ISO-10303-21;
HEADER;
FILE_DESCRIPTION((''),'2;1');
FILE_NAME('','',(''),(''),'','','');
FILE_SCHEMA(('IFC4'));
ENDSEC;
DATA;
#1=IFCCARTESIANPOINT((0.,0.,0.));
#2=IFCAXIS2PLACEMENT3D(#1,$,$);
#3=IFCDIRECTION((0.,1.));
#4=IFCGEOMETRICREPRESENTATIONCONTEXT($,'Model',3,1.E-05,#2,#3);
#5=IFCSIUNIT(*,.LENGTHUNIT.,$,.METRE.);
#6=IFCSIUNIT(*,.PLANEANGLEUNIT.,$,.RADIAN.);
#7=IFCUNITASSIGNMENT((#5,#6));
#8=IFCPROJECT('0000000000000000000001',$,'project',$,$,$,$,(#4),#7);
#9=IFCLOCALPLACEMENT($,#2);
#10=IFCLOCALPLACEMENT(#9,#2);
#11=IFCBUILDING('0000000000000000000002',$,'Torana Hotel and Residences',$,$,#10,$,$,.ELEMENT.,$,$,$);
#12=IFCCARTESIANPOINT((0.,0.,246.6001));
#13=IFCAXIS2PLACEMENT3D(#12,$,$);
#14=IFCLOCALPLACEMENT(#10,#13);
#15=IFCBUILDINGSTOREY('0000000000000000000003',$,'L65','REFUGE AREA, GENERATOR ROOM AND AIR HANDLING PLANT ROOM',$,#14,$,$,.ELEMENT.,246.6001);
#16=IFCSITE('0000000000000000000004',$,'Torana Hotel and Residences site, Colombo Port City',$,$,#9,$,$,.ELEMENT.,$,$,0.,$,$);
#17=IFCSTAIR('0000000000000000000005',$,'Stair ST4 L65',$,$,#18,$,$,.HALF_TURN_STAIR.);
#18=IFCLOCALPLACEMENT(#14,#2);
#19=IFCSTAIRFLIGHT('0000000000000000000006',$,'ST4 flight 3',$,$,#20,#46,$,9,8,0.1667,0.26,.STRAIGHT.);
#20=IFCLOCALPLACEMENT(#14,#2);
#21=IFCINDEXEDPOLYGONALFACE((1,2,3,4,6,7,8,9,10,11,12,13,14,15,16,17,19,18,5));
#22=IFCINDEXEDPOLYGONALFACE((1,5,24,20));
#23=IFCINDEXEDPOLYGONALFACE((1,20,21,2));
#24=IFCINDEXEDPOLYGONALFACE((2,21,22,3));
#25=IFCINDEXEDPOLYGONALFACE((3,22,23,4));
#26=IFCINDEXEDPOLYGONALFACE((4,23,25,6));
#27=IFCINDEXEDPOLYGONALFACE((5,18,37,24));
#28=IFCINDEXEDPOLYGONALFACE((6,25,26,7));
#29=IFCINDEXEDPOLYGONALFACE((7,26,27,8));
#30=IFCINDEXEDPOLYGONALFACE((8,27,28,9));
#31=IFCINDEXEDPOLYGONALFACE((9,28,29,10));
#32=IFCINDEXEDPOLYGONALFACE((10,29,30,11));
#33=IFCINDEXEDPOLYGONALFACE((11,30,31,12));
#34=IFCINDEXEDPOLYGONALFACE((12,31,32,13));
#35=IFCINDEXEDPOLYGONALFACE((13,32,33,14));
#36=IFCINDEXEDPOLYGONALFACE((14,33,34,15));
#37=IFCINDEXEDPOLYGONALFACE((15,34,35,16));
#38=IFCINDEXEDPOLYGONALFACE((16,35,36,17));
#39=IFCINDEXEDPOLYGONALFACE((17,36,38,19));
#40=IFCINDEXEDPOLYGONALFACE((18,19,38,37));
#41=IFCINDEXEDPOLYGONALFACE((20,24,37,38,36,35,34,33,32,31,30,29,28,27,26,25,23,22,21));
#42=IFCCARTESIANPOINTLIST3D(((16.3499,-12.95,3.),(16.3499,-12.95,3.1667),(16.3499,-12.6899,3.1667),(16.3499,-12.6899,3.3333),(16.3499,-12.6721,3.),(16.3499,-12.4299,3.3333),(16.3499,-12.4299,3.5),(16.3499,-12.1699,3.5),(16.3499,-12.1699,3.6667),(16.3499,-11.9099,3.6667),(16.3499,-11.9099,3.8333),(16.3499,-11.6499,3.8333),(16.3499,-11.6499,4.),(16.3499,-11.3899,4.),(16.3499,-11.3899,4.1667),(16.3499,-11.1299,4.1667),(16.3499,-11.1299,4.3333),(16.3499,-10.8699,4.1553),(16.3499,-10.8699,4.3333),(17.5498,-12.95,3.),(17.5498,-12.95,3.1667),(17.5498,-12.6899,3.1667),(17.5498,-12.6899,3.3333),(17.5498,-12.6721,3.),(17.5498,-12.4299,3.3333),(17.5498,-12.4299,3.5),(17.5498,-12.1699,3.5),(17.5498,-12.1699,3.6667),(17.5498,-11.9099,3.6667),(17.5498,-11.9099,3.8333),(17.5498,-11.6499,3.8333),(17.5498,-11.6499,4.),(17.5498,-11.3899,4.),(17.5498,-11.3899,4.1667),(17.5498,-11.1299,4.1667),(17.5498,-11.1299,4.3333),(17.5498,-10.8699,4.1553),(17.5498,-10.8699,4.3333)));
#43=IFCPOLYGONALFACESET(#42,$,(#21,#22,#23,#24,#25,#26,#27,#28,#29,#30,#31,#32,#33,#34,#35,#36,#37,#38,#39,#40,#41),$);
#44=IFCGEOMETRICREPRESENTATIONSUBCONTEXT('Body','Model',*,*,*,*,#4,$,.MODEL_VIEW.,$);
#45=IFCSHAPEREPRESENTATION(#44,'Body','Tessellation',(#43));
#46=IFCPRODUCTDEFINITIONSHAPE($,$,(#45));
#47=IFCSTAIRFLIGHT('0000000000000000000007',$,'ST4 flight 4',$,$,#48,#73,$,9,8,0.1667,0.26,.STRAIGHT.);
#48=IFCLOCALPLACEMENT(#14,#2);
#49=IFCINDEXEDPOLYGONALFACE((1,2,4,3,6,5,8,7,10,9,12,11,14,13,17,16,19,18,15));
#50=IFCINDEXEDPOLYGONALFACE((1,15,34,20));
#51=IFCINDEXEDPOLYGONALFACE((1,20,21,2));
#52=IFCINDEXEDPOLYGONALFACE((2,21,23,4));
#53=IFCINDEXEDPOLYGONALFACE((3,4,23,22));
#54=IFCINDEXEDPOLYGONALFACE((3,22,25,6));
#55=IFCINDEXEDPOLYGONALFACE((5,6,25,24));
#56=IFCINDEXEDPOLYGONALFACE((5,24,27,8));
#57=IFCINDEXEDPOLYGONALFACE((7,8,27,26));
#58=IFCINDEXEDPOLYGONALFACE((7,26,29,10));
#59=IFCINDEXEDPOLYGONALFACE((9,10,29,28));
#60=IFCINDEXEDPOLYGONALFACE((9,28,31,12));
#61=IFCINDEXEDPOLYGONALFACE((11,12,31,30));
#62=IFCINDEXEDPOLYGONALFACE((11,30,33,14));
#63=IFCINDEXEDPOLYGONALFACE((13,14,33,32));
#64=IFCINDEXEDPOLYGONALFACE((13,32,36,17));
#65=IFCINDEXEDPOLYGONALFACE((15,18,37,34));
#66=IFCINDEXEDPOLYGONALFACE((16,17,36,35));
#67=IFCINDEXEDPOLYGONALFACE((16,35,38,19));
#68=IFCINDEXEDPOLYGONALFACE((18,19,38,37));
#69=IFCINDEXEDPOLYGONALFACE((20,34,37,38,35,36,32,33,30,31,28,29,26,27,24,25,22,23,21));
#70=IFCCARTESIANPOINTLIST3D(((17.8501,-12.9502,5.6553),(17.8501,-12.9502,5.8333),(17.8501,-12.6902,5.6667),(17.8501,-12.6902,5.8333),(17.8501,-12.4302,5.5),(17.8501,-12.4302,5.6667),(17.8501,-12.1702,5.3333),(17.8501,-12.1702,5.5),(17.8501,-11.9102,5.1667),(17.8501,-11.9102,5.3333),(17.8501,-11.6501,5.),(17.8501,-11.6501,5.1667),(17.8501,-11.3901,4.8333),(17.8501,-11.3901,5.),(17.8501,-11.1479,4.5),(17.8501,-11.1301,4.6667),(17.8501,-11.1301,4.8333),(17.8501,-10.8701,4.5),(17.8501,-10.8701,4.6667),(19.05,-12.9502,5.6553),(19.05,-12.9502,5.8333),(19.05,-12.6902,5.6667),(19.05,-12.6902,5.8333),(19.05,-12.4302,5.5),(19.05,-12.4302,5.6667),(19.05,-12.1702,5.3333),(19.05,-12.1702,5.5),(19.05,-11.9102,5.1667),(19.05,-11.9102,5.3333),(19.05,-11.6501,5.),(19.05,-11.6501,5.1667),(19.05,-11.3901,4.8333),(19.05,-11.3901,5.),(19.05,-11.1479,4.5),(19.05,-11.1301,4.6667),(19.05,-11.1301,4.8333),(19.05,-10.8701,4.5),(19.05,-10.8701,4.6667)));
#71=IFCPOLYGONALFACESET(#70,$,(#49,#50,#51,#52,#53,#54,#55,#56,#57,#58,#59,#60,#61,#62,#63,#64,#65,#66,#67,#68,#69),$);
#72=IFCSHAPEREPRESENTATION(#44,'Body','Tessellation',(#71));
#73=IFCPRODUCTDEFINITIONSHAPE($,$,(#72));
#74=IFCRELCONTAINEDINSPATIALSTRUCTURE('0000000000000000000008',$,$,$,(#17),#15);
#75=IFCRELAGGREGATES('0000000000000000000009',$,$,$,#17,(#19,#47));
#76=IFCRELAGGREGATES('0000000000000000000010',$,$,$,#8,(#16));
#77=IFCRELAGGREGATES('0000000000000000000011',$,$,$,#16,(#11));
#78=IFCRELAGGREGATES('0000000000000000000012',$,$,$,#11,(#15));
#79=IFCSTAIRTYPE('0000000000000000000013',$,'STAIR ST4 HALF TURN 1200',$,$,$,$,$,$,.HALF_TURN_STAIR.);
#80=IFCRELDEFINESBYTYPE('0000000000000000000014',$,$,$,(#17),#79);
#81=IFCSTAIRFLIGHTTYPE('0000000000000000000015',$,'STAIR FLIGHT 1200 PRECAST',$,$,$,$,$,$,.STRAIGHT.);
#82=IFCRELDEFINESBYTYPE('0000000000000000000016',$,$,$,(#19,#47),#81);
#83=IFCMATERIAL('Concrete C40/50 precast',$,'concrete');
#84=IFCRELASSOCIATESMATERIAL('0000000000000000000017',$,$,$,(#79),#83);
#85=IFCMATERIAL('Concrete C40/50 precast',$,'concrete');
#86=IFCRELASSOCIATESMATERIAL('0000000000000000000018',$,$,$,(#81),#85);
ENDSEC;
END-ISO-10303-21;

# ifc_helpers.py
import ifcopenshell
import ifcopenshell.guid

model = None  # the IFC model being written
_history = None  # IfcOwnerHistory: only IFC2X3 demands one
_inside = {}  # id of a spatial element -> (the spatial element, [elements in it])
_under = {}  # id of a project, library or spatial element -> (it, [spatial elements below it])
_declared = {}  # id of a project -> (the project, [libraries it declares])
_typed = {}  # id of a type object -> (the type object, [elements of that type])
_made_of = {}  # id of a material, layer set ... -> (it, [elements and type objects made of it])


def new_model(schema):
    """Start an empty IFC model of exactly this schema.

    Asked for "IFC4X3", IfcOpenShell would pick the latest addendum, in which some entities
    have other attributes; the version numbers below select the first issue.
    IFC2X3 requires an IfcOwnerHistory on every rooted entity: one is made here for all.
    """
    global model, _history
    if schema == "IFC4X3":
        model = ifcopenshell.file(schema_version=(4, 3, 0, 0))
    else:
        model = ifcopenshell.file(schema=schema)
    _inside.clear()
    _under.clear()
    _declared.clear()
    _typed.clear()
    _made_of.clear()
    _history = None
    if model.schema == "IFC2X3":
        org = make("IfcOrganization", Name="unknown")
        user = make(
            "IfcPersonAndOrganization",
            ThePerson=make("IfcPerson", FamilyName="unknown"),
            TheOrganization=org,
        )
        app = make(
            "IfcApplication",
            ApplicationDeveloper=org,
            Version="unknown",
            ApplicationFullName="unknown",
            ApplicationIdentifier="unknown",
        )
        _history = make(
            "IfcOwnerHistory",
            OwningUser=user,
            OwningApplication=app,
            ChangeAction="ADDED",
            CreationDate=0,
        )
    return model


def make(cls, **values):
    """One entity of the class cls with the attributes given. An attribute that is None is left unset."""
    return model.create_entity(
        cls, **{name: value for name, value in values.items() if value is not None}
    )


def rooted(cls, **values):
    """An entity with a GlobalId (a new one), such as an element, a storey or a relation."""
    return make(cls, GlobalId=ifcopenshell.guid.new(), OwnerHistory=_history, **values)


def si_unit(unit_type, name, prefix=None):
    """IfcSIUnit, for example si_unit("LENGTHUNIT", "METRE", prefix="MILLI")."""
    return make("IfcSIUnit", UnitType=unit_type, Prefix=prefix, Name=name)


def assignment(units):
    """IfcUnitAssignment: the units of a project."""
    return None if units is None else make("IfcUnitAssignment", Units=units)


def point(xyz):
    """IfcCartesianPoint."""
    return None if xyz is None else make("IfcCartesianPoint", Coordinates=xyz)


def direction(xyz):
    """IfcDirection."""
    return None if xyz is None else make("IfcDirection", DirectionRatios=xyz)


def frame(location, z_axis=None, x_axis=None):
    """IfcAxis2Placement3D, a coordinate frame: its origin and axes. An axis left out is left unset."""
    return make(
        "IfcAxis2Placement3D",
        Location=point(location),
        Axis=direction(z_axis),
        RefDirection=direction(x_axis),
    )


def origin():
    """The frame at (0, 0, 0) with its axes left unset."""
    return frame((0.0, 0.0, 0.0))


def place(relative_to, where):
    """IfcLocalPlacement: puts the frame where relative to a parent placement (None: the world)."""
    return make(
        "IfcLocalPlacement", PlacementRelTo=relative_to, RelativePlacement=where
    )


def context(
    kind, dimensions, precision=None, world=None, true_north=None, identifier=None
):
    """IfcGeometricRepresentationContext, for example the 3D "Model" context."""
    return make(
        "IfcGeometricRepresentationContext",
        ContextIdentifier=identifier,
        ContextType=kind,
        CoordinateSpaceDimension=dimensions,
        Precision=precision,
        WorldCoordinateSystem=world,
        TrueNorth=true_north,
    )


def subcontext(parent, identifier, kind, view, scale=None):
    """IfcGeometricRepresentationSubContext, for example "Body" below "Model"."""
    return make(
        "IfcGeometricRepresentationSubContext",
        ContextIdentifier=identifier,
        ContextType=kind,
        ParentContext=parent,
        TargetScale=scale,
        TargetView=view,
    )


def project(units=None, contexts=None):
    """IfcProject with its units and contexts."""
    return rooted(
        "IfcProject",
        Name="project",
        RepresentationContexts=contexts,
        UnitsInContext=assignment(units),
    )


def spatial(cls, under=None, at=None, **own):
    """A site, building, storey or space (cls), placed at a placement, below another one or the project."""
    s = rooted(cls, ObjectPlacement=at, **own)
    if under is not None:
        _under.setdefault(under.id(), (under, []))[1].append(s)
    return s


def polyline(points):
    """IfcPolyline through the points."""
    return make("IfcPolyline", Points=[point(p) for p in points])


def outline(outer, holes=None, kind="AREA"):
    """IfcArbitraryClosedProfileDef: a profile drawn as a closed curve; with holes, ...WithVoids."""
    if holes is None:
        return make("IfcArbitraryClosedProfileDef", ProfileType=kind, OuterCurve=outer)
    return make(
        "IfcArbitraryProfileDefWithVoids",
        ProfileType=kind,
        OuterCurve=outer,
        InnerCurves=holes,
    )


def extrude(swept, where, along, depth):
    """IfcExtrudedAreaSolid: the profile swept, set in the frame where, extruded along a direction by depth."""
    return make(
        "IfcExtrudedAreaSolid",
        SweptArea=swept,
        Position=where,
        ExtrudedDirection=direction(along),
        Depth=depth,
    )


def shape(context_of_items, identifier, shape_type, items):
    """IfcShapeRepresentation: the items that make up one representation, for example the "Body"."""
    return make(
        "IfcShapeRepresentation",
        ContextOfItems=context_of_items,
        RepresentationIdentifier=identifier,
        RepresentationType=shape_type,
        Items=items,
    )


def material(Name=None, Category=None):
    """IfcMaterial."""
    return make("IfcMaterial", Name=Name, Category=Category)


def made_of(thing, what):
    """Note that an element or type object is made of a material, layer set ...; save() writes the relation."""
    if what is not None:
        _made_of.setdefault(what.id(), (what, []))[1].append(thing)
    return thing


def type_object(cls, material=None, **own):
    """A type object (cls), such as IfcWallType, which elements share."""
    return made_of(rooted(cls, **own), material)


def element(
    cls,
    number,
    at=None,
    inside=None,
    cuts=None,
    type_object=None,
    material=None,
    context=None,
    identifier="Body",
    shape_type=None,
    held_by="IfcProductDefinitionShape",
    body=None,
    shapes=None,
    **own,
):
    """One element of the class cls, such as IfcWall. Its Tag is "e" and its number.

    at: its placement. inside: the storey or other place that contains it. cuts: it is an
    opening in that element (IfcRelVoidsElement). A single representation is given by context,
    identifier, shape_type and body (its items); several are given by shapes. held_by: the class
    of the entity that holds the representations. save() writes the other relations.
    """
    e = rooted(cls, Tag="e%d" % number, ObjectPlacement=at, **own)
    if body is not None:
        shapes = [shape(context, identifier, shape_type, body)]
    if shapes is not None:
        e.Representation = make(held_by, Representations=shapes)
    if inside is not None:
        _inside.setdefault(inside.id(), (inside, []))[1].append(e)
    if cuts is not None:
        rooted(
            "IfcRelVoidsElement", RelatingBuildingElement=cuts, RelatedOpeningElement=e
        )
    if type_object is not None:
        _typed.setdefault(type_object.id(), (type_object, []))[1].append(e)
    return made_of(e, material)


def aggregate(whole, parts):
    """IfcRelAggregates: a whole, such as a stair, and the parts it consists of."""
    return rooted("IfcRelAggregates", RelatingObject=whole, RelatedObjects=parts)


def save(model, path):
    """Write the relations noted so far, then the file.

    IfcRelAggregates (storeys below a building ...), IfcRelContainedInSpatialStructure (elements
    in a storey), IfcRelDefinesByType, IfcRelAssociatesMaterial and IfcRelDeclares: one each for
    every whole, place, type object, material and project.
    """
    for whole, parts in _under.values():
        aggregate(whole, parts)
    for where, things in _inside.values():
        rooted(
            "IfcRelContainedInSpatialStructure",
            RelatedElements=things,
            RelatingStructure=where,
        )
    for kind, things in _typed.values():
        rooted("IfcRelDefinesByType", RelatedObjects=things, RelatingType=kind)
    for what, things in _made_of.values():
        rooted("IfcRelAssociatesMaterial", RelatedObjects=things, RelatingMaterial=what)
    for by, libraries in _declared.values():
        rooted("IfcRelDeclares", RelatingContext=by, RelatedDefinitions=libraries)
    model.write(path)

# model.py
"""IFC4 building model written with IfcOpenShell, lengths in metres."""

from ifc_helpers import new_model, si_unit, direction, frame, origin, place, context, subcontext, project, spatial, polyline, outline, extrude, material, type_object, element, aggregate, save


model = new_model("IFC4")

# Units and contexts
model_context = context("Model", 3, precision=1e-05, world=origin(), true_north=direction((0.0, 1.0)))
body_context = subcontext(model_context, "Body", "Model", "MODEL_VIEW")
ifc_project = project(units=[si_unit("LENGTHUNIT", "METRE"), si_unit("PLANEANGLEUNIT", "RADIAN")], contexts=[model_context])

# Site, building, storey
site_placement = place(None, origin())
site = spatial("IfcSite", under=ifc_project, at=site_placement, Name="Torana Hotel and Residences site, Colombo Port City", CompositionType="ELEMENT", RefElevation=0.0)
building_placement = place(site_placement, origin())
building = spatial("IfcBuilding", under=site, at=building_placement, Name="Torana Hotel and Residences", CompositionType="ELEMENT")
storey_placement = place(building_placement, frame((0.0, 0.0, 246.6001)))
storey = spatial("IfcBuildingStorey", under=building, at=storey_placement, Name="L65", Description="REFUGE AREA, GENERATOR ROOM AND AIR HANDLING PLANT ROOM", CompositionType="ELEMENT", Elevation=246.6001)

# Stair, stair flights
ifc_material_1 = material(Name="Concrete C40/50 precast", Category="concrete")
stair_type = type_object("IfcStairType", Name="STAIR ST4 HALF TURN 1200", PredefinedType="HALF_TURN_STAIR", material=ifc_material_1)
stair_placement = place(storey_placement, origin())
stair = element("IfcStair", 1, at=stair_placement, inside=storey, type_object=stair_type, Name="Stair ST4 L65", PredefinedType="HALF_TURN_STAIR")
ifc_material_2 = material(Name="Concrete C40/50 precast", Category="concrete")
stair_flight_type = type_object("IfcStairFlightType", Name="STAIR FLIGHT 1200 PRECAST", PredefinedType="STRAIGHT", material=ifc_material_2)
stair_flight_1_placement = place(storey_placement, frame((16.95, -12.95, 3.0), z_axis=(0.0, 0.0, 1.0), x_axis=(0.0, 1.0, 0.0)))
stair_flight_1 = element("IfcStairFlight", 2, at=stair_flight_1_placement, type_object=stair_flight_type, Name="ST4 flight 3", NumberOfRisers=9, NumberOfTreads=8, PredefinedType="STRAIGHT", RiserHeight=0.1667, TreadLength=0.26, context=body_context, shape_type="SweptSolid", body=[
    extrude(outline(polyline([(0.0, 0.0), (0.0, 0.1667), (0.26, 0.1667), (0.26, 0.3333), (0.52, 0.3333), (0.52, 0.5), (0.78, 0.5), (0.78, 0.6667), (1.04, 0.6667), (1.04, 0.8333), (1.3, 0.8333), (1.3, 1.0), (1.5601, 1.0), (1.5601, 1.1667), (1.8201, 1.1667), (1.8201, 1.3333), (2.0801, 1.3333), (2.0801, 1.5), (2.0801, 1.1553), (0.2778, 0.0), (0.0, 0.0)])), frame((0.0, 0.6001, 0.0), z_axis=(0.0, -1.0, 0.0), x_axis=(1.0, 0.0, 0.0)), (0.0, 0.0, 1.0), 1.2),
])
stair_flight_2_placement = place(storey_placement, frame((18.45, -10.8701, 4.5), z_axis=(0.0, 0.0, 1.0), x_axis=(0.0, -1.0, 0.0)))
stair_flight_2 = element("IfcStairFlight", 3, at=stair_flight_2_placement, type_object=stair_flight_type, Name="ST4 flight 4", NumberOfRisers=9, NumberOfTreads=8, PredefinedType="STRAIGHT", RiserHeight=0.1667, TreadLength=0.26, context=body_context, shape_type="SweptSolid", body=[
    extrude(outline(polyline([(0.0, 0.0), (0.0, 0.1667), (0.26, 0.1667), (0.26, 0.3333), (0.52, 0.3333), (0.52, 0.5), (0.78, 0.5), (0.78, 0.6667), (1.04, 0.6667), (1.04, 0.8333), (1.3, 0.8333), (1.3, 1.0), (1.5601, 1.0), (1.5601, 1.1667), (1.8201, 1.1667), (1.8201, 1.3333), (2.0801, 1.3333), (2.0801, 1.5), (2.0801, 1.1553), (0.2778, 0.0), (0.0, 0.0)])), frame((0.0, 0.6001, 0.0), z_axis=(0.0, -1.0, 0.0), x_axis=(1.0, 0.0, 0.0)), (0.0, 0.0, 1.0), 1.2),
])
aggregate(stair, [stair_flight_1, stair_flight_2])

save(model, "model.ifc")
